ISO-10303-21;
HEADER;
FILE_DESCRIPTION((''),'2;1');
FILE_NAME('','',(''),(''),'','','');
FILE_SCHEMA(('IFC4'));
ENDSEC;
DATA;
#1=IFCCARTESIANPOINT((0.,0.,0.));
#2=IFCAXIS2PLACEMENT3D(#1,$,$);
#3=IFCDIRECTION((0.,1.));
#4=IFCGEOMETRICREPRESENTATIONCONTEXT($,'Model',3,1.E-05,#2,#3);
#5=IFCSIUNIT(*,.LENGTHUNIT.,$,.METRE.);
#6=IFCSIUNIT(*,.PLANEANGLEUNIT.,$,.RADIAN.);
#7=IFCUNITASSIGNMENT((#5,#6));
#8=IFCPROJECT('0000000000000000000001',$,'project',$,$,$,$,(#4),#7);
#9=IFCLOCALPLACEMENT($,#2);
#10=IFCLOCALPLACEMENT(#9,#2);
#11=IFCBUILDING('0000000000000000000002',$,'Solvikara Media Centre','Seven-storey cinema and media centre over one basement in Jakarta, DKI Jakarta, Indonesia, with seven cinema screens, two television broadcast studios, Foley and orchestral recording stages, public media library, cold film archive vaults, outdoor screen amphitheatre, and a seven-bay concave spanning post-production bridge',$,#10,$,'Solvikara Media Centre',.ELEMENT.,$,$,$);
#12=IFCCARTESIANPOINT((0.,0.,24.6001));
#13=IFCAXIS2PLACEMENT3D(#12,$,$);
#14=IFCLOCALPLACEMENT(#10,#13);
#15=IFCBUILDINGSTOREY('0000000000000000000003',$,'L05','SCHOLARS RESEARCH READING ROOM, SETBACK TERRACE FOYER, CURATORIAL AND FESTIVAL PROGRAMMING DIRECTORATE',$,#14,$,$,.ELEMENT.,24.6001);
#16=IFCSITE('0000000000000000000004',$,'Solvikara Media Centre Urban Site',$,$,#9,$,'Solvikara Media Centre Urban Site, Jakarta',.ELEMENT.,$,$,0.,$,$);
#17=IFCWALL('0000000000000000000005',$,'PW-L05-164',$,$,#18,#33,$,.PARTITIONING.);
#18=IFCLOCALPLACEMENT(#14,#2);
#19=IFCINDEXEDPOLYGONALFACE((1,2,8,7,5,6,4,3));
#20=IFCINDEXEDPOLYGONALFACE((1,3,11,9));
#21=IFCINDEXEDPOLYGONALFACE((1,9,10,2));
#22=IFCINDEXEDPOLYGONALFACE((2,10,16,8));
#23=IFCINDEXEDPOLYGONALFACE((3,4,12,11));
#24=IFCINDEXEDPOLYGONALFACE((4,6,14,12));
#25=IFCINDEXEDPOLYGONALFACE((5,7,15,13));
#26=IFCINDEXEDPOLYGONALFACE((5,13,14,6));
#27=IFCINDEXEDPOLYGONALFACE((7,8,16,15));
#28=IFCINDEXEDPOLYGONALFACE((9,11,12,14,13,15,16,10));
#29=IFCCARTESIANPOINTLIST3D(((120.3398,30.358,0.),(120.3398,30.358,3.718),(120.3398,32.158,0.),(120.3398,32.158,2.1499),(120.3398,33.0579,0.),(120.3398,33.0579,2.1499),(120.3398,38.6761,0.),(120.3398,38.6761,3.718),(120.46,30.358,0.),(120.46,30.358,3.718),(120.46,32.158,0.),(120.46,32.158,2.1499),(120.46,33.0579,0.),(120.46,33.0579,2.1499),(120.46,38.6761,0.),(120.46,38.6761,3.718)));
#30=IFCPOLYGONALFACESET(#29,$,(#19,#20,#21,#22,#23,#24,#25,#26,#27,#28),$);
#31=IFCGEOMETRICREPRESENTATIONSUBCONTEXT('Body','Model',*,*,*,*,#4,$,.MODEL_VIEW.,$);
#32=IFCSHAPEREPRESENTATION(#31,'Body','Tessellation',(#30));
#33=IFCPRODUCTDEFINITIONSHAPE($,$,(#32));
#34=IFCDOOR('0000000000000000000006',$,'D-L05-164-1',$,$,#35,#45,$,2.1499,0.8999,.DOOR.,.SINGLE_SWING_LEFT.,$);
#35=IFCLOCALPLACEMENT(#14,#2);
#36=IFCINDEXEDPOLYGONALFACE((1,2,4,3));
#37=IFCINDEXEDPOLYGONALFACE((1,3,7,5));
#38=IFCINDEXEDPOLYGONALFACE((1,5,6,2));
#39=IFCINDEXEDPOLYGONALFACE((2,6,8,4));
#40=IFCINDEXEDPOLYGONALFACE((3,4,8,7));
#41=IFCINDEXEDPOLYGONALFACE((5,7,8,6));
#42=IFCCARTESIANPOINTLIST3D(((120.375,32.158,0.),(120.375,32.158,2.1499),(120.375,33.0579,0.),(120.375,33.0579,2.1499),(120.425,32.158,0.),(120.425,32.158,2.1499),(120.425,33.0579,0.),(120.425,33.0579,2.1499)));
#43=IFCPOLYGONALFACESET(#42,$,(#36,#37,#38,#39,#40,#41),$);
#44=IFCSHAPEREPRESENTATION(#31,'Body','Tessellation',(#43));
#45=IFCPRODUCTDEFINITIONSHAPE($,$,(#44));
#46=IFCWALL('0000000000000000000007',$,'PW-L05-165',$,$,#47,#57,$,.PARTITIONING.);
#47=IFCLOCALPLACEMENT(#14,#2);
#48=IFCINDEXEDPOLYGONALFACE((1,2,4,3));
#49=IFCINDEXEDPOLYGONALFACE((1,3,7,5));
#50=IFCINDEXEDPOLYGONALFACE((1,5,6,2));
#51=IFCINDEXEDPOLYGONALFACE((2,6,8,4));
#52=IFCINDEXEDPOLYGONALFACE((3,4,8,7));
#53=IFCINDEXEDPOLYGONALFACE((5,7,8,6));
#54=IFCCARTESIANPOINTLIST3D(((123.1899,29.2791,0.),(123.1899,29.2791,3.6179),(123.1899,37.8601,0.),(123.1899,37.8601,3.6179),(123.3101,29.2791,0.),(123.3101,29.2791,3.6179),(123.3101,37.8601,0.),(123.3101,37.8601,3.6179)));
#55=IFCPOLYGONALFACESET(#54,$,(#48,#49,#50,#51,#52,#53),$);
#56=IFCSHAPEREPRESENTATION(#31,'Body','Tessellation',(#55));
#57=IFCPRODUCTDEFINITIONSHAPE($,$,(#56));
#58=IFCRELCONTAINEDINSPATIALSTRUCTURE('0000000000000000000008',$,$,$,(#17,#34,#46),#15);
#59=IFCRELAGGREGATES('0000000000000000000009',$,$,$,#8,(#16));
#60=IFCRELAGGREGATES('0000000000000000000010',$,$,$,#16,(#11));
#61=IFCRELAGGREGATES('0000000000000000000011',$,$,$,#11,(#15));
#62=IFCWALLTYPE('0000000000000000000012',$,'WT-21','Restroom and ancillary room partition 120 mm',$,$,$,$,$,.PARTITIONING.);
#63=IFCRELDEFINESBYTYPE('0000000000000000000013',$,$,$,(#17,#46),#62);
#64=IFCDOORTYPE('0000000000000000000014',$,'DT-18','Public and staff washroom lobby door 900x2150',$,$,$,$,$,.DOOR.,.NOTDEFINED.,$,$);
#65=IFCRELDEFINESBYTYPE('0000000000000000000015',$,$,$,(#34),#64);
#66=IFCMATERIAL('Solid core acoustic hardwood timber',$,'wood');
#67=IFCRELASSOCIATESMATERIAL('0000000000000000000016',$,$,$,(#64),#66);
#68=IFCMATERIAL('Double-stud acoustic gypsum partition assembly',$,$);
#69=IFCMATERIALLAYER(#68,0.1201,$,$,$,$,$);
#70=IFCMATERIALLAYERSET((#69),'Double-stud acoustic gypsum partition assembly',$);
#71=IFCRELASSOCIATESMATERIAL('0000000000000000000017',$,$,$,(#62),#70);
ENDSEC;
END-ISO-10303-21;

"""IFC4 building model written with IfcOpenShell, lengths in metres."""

from ifc_helpers import new_model, si_unit, direction, frame, frame_2d, origin, place, context, subcontext, project, spatial, rectangle, extrude, material, layer, layer_set, type_object, element, fill, save


model = new_model("IFC4")

# Units and contexts
model_context = context("Model", 3, precision=1e-05, world=origin(), true_north=direction((0.0, 1.0)))
body_context = subcontext(model_context, "Body", "Model", "MODEL_VIEW")
ifc_project = project(units=[si_unit("LENGTHUNIT", "METRE"), si_unit("PLANEANGLEUNIT", "RADIAN")], contexts=[model_context])

# Site, building, storey
site_placement = place(None, origin())
site = spatial("IfcSite", under=ifc_project, at=site_placement, Name="Solvikara Media Centre Urban Site", LongName="Solvikara Media Centre Urban Site, Jakarta", CompositionType="ELEMENT", RefElevation=0.0)
building_placement = place(site_placement, origin())
building = spatial("IfcBuilding", under=site, at=building_placement, Name="Solvikara Media Centre", Description="Seven-storey cinema and media centre over one basement in Jakarta, DKI Jakarta, Indonesia, with seven cinema screens, two television broadcast studios, Foley and orchestral recording stages, public media library, cold film archive vaults, outdoor screen amphitheatre, and a seven-bay concave spanning post-production bridge", LongName="Solvikara Media Centre", CompositionType="ELEMENT")
storey_placement = place(building_placement, frame((0.0, 0.0, 24.6001)))
storey = spatial("IfcBuildingStorey", under=building, at=storey_placement, Name="L05", Description="SCHOLARS RESEARCH READING ROOM, SETBACK TERRACE FOYER, CURATORIAL AND FESTIVAL PROGRAMMING DIRECTORATE", CompositionType="ELEMENT", Elevation=24.6001)

# Shared definitions
ifc_material_1 = material(Name="Solid core acoustic hardwood timber", Category="wood")
door_type_1 = type_object("IfcDoorType", Name="DT-18", Description="Public and staff washroom lobby door 900x2150", OperationType="NOTDEFINED", PredefinedType="DOOR", material=ifc_material_1)

# Shared definitions
ifc_material_2 = material(Name="Double-stud acoustic gypsum partition assembly")

# Wall, opening, door
ifc_layer_1 = layer(ifc_material_2, 0.1201)
ifc_layer_set_1 = layer_set([ifc_layer_1], Name="Double-stud acoustic gypsum partition assembly")
wall_type_1 = type_object("IfcWallType", Name="WT-21", Description="Restroom and ancillary room partition 120 mm", PredefinedType="PARTITIONING", material=ifc_layer_set_1)
wall_1_placement = place(storey_placement, frame((120.3999, 30.3579, 0.0), z_axis=(0.0, 0.0, 1.0), x_axis=(0.0, 1.0, 0.0)))
wall_1 = element("IfcWall", 1, at=wall_1_placement, inside=storey, type_object=wall_type_1, Name="PW-L05-164", PredefinedType="PARTITIONING", context=body_context, shape_type="SweptSolid", body=[
    extrude(rectangle(XDim=8.3181, YDim=0.1201, at=frame_2d((4.1592, 0.0))), origin(), (0.0, 0.0, 1.0), 3.718),
])
opening_1_placement = place(wall_1_placement, frame((1.8, 0.0, 0.0)))
opening_1 = element("IfcOpeningElement", 2, at=opening_1_placement, cuts=wall_1, PredefinedType="OPENING", context=body_context, shape_type="SweptSolid", body=[
    extrude(rectangle(XDim=0.8999, YDim=2.1499, at=frame_2d((0.45, 1.075))), frame((0.0, 0.072, 0.0), z_axis=(0.0, -1.0, 0.0), x_axis=(1.0, 0.0, 0.0)), (0.0, 0.0, 1.0), 0.144),
])
door_1_placement = place(opening_1_placement, origin())
door_1 = element("IfcDoor", 3, at=door_1_placement, inside=storey, type_object=door_type_1, Name="D-L05-164-1", OperationType="SINGLE_SWING_LEFT", OverallHeight=2.1499, OverallWidth=0.8999, PredefinedType="DOOR", context=body_context, shape_type="SweptSolid", body=[
    extrude(rectangle(XDim=0.8999, YDim=2.1499, at=frame_2d((0.45, 1.075))), frame((0.0, 0.0249, 0.0), z_axis=(0.0, -1.0, 0.0), x_axis=(1.0, 0.0, 0.0)), (0.0, 0.0, 1.0), 0.05),
])
fill(opening_1, door_1)

# Wall
wall_2_placement = place(storey_placement, frame((123.25, 29.2791, 0.0), z_axis=(0.0, 0.0, 1.0), x_axis=(0.0, 1.0, 0.0)))
element("IfcWall", 4, at=wall_2_placement, inside=storey, type_object=wall_type_1, Name="PW-L05-165", PredefinedType="PARTITIONING", context=body_context, shape_type="SweptSolid", body=[
    extrude(rectangle(XDim=8.5811, YDim=0.1201, at=frame_2d((4.2905, 0.0))), origin(), (0.0, 0.0, 1.0), 3.6179),
])

save(model, "model.ifc")
